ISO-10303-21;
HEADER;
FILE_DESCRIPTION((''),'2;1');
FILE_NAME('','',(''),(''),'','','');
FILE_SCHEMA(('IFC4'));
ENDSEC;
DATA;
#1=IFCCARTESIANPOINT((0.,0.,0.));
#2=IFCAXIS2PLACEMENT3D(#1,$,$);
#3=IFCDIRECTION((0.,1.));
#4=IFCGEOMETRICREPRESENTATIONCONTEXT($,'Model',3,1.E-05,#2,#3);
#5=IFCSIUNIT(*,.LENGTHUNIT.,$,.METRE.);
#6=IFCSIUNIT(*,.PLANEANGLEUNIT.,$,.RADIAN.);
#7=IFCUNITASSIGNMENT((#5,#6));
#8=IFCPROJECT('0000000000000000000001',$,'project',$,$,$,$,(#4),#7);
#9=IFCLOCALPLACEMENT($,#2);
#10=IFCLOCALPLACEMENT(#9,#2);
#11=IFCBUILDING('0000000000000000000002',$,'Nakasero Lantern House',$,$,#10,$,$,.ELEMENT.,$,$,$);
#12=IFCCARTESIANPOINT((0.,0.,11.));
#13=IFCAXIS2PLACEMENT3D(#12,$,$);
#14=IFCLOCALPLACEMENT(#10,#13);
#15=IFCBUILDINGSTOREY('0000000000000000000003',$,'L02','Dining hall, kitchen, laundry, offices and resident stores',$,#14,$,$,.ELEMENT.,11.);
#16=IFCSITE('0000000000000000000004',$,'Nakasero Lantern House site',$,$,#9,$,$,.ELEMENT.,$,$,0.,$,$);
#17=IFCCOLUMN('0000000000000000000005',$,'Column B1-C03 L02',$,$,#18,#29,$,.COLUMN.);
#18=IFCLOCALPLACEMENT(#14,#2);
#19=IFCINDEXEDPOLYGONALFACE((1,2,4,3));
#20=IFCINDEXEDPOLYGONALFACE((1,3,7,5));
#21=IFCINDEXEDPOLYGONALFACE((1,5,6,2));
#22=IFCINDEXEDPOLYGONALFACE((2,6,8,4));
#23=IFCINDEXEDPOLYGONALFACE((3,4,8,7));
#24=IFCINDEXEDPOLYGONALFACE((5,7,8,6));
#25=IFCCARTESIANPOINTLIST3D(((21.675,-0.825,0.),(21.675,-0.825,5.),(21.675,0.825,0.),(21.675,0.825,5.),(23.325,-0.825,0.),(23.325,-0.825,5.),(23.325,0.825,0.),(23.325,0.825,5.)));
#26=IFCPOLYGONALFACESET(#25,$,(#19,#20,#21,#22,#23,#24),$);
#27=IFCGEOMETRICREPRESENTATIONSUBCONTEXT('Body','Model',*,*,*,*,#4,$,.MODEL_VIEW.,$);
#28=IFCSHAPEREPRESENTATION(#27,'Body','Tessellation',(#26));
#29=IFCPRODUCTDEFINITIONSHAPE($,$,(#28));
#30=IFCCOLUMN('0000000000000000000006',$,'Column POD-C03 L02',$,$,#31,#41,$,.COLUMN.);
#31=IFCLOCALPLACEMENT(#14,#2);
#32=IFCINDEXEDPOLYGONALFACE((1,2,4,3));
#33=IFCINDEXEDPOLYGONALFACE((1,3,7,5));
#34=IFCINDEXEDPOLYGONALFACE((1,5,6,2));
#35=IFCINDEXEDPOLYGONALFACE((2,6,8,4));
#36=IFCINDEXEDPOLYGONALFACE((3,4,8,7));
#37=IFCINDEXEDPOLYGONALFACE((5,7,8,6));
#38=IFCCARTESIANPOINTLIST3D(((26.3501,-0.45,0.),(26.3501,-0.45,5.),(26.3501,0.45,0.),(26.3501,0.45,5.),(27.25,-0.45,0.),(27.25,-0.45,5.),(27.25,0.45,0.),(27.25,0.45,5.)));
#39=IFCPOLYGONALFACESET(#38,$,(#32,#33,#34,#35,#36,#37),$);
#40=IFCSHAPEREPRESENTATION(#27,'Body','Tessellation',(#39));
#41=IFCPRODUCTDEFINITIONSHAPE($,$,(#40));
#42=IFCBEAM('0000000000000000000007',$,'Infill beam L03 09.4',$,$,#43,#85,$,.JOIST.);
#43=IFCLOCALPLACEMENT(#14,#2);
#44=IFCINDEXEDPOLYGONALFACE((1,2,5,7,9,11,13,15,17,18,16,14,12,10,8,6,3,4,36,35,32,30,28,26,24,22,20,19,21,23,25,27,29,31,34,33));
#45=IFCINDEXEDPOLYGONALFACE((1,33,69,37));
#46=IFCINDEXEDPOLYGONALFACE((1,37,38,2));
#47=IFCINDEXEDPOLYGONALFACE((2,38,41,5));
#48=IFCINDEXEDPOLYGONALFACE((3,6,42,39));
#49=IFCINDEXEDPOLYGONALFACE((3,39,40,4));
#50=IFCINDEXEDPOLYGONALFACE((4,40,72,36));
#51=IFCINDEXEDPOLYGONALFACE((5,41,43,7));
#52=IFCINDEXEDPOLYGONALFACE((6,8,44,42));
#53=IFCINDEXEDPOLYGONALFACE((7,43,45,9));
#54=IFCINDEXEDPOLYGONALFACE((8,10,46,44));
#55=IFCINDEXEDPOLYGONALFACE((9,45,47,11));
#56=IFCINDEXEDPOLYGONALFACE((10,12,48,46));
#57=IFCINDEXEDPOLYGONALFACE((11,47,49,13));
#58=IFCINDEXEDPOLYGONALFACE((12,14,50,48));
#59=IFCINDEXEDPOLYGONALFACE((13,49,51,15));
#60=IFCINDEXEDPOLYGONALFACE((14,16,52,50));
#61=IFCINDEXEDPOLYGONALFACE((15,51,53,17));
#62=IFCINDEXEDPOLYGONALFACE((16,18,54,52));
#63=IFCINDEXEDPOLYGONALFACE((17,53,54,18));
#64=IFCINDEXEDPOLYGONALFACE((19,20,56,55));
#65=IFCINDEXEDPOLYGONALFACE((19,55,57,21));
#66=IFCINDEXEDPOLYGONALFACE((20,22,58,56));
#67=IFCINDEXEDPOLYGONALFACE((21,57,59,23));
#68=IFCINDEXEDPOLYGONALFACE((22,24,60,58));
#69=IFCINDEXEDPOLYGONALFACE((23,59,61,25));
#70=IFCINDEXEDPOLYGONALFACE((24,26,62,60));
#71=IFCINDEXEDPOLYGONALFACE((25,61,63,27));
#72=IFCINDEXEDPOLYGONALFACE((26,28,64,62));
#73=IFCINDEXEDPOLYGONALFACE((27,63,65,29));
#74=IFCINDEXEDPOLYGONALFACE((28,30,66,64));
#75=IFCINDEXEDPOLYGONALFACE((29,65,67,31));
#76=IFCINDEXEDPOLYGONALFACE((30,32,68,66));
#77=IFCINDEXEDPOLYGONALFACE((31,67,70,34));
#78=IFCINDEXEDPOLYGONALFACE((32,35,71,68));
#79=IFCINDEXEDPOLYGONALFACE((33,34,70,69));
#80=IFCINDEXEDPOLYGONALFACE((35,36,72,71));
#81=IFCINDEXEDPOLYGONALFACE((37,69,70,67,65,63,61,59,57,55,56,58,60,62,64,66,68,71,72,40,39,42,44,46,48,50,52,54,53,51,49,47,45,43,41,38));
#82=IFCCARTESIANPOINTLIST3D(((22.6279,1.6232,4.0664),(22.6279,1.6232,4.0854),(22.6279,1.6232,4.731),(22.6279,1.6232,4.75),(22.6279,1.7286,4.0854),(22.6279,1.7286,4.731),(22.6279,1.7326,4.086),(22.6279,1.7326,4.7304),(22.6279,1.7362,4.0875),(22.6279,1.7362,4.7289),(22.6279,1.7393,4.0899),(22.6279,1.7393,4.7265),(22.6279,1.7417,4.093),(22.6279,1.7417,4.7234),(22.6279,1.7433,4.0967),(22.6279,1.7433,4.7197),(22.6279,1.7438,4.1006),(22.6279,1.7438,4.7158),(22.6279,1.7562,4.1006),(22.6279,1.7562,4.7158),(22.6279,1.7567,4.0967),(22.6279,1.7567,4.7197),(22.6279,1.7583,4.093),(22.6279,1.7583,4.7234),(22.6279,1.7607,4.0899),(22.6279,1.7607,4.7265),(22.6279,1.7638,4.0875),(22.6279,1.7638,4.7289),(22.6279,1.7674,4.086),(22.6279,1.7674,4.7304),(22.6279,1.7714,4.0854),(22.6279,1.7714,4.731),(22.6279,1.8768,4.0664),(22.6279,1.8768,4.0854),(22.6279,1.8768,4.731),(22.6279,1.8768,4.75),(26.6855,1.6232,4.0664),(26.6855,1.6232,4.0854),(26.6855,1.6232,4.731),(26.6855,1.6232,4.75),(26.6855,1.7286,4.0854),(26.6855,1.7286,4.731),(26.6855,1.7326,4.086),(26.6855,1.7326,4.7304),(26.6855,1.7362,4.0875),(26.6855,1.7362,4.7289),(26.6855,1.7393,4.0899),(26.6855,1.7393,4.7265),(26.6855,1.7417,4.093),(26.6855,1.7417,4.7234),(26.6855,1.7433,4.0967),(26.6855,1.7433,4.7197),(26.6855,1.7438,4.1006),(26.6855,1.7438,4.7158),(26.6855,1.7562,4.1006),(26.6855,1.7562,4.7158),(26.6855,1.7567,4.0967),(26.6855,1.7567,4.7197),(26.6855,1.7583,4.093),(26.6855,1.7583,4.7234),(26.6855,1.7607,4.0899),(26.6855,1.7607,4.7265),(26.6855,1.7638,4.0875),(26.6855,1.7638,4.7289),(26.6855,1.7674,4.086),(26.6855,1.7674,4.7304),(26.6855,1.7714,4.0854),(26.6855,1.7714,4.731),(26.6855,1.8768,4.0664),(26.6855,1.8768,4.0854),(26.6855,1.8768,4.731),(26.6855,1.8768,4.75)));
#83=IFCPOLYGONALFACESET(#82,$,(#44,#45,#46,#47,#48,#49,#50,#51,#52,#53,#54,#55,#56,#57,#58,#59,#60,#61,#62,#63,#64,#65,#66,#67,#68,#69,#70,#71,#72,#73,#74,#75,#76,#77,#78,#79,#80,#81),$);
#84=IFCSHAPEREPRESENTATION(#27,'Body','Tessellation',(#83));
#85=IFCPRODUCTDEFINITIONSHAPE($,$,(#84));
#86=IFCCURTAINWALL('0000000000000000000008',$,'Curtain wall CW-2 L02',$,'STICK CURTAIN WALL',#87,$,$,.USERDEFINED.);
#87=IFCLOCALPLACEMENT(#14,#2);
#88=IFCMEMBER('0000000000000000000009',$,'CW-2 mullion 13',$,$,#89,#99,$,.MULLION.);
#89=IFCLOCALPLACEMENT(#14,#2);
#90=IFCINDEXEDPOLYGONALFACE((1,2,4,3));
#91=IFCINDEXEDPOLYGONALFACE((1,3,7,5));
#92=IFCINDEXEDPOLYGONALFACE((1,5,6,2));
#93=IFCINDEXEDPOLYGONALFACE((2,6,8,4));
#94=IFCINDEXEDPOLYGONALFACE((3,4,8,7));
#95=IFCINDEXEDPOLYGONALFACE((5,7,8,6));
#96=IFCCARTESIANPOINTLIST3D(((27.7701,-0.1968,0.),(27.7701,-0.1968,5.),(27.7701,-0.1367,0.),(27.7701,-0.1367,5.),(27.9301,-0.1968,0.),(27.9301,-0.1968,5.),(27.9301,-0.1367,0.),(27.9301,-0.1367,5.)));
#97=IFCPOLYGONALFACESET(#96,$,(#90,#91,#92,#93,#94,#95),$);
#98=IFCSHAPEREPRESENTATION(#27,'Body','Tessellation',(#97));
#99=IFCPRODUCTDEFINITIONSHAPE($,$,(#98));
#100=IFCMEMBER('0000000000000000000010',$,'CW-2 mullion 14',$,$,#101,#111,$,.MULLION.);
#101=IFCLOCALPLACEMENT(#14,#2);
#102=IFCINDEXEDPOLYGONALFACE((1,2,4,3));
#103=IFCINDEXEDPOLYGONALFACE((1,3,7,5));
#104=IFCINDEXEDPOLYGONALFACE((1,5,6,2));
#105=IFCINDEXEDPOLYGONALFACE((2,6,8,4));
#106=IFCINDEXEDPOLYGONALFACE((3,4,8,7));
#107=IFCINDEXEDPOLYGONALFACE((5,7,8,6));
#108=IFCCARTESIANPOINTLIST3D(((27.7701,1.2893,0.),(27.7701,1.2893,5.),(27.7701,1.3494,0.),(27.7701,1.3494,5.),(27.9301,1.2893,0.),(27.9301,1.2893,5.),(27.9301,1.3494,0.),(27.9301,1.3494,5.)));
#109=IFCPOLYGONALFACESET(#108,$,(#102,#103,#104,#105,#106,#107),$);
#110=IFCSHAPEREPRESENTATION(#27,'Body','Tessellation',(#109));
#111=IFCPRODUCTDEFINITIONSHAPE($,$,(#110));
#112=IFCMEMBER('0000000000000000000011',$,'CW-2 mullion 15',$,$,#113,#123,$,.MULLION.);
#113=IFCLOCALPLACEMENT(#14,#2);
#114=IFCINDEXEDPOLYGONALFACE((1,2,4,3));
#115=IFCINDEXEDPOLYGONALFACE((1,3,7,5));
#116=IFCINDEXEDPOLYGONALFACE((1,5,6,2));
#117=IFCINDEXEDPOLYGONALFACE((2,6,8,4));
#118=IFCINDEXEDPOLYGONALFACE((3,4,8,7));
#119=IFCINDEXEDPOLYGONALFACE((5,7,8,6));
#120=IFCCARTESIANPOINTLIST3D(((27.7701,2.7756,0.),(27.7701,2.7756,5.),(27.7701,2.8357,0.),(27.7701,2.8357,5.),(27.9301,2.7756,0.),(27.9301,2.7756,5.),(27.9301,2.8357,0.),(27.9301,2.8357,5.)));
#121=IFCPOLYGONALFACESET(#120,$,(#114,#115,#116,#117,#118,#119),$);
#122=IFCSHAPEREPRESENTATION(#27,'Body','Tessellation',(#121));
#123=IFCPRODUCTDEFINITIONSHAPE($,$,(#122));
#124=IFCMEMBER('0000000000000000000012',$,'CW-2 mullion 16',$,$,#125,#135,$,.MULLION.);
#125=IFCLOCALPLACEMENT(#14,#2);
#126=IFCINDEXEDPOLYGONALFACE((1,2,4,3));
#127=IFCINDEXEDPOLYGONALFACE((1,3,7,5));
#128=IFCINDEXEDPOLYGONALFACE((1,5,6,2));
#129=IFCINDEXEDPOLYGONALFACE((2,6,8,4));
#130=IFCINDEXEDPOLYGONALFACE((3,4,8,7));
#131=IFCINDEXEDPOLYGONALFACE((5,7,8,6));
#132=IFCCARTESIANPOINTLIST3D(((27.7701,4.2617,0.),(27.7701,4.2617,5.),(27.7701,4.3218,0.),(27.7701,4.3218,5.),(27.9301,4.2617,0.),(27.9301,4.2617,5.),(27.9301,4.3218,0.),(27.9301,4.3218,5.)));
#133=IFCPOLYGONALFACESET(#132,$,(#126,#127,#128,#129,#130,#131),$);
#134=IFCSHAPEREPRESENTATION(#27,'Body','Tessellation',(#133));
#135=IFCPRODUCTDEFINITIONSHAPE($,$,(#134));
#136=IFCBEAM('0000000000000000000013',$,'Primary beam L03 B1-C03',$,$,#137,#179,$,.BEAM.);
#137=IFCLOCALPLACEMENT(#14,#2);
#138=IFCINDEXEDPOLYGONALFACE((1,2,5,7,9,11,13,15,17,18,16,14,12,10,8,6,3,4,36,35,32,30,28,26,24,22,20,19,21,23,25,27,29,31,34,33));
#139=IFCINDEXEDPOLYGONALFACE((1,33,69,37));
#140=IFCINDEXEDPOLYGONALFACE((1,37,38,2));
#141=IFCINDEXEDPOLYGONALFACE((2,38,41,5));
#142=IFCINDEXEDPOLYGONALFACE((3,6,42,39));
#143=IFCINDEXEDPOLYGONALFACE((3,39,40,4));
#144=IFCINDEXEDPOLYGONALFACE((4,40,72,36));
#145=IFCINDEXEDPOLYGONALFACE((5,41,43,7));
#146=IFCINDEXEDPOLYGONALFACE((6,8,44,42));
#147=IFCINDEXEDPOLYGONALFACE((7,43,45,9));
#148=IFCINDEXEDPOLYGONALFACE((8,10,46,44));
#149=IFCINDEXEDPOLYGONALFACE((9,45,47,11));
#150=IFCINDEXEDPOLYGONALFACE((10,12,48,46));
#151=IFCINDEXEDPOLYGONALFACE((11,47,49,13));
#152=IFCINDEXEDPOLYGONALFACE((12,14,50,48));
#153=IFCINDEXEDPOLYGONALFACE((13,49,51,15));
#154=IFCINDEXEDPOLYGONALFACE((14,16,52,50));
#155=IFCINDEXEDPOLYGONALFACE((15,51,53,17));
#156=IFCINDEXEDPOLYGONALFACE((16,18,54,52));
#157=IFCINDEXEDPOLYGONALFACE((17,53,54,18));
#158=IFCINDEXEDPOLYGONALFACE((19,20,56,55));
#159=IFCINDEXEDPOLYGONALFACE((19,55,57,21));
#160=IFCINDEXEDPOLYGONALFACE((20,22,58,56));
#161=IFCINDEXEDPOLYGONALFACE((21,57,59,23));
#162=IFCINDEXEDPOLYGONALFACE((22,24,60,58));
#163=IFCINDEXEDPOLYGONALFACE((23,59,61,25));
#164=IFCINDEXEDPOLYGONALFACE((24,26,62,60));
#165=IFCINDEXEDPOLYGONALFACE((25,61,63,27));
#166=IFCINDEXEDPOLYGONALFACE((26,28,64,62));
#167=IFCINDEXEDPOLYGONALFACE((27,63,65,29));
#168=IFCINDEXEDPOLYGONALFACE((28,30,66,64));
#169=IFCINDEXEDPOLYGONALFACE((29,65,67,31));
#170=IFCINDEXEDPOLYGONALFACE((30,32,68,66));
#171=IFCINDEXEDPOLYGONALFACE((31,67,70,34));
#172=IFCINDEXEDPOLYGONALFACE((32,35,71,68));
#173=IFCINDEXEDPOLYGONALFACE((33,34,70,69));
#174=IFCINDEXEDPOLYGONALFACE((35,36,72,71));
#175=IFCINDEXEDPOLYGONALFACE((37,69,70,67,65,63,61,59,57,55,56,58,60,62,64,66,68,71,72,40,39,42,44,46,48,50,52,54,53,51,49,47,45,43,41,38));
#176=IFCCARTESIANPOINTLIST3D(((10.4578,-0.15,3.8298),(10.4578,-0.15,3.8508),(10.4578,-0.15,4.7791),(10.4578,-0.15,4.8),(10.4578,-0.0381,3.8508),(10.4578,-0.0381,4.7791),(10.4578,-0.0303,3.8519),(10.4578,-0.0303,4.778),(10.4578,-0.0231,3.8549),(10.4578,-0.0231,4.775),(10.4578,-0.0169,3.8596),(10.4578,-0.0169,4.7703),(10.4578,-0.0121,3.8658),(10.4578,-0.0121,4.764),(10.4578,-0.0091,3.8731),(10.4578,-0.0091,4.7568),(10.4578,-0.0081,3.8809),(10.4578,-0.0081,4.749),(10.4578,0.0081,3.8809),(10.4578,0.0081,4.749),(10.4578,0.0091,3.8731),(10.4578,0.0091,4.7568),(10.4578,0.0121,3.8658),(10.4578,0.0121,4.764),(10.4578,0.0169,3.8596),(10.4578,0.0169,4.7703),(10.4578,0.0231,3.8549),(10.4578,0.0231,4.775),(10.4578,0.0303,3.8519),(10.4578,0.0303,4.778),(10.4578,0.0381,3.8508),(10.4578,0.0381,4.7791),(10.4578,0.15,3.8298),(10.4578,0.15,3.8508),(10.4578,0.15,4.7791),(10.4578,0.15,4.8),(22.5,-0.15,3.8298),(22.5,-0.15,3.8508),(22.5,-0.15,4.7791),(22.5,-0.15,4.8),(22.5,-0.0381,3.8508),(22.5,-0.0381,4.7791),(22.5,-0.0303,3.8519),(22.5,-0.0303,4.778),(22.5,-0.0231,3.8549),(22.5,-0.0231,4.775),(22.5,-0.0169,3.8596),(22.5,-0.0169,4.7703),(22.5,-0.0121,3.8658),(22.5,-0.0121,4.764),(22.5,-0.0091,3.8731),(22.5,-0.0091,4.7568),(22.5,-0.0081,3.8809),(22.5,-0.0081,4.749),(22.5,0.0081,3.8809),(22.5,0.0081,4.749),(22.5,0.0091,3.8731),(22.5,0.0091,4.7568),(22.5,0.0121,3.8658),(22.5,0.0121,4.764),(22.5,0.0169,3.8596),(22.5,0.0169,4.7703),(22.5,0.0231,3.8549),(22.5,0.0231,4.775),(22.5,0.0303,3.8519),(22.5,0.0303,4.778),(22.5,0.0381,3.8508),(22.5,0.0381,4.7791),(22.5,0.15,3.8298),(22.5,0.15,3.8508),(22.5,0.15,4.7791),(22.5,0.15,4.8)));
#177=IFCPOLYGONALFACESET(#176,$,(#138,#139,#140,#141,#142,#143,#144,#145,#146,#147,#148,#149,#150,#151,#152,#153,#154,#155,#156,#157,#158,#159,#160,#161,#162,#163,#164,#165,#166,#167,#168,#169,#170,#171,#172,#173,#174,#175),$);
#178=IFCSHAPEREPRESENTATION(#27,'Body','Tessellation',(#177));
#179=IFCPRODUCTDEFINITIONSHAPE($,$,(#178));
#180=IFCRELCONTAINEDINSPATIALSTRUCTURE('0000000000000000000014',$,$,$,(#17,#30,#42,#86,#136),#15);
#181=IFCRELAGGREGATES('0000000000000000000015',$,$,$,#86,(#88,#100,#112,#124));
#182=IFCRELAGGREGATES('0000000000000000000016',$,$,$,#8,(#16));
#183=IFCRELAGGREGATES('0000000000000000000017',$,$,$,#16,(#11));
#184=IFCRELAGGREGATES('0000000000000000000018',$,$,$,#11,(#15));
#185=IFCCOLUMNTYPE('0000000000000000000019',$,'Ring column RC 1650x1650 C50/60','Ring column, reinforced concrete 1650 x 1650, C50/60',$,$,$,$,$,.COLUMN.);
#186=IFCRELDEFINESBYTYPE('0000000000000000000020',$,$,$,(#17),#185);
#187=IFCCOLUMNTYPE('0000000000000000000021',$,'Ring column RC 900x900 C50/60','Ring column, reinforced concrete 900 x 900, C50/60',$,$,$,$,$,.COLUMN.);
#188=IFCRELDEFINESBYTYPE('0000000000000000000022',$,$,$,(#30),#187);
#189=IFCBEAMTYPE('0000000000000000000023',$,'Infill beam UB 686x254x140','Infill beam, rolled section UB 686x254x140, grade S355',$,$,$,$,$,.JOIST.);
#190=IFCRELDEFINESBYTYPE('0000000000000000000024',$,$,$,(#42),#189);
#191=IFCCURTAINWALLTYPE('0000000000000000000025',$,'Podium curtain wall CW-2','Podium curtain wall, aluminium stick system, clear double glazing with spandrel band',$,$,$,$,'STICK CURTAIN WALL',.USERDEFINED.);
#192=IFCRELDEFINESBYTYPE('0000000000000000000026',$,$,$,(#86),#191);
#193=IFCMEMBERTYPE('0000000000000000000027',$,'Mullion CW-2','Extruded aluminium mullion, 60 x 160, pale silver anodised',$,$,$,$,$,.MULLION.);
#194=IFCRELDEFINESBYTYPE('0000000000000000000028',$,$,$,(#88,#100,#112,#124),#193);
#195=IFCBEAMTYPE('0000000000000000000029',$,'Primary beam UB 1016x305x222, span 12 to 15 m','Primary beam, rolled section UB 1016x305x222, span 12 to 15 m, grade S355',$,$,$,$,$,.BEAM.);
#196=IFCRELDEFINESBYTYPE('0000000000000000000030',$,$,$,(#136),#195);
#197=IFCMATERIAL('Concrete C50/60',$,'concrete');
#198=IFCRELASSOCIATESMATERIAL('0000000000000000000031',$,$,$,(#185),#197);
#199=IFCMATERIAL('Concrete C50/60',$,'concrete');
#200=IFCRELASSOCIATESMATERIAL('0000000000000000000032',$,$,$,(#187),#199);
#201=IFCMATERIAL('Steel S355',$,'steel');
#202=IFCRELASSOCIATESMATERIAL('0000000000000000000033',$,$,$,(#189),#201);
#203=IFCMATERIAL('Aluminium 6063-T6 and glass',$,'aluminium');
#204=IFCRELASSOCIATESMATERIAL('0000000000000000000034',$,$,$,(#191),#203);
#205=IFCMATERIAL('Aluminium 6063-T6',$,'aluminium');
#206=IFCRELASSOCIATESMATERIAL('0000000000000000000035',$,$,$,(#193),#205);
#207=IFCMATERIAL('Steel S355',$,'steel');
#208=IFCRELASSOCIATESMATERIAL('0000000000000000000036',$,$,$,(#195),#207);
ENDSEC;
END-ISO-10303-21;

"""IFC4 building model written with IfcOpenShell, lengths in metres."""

from ifc_helpers import new_model, si_unit, direction, frame, origin, origin_2d, place, context, subcontext, project, spatial, rectangle, i_section, extrude, material, material_profile, profile_set, type_object, element, aggregate, save


model = new_model("IFC4")

# Units and contexts
model_context = context("Model", 3, precision=1e-05, world=origin(), true_north=direction((0.0, 1.0)))
body_context = subcontext(model_context, "Body", "Model", "MODEL_VIEW")
ifc_project = project(units=[si_unit("LENGTHUNIT", "METRE"), si_unit("PLANEANGLEUNIT", "RADIAN")], contexts=[model_context])

# Site, building, storey
site_placement = place(None, origin())
site = spatial("IfcSite", under=ifc_project, at=site_placement, Name="Nakasero Lantern House site", CompositionType="ELEMENT", RefElevation=0.0)
building_placement = place(site_placement, origin())
building = spatial("IfcBuilding", under=site, at=building_placement, Name="Nakasero Lantern House", CompositionType="ELEMENT")
storey_placement = place(building_placement, frame((0.0, 0.0, 11.0)))
storey = spatial("IfcBuildingStorey", under=building, at=storey_placement, Name="L02", Description="Dining hall, kitchen, laundry, offices and resident stores", CompositionType="ELEMENT", Elevation=11.0)

# Columns
ifc_material_1 = material(Name="Concrete C50/60", Category="concrete")
ifc_material_profile_1 = material_profile(ifc_material_1, rectangle(XDim=1.6499, YDim=1.6499, at=origin_2d()), Name="RC 1650x1650")
ifc_profile_set_1 = profile_set([ifc_material_profile_1], Name="Concrete C50/60")
column_type_1 = type_object("IfcColumnType", Name="Ring column RC 1650x1650 C50/60", Description="Ring column, reinforced concrete 1650 x 1650, C50/60", PredefinedType="COLUMN", material=ifc_profile_set_1)
column_1_placement = place(storey_placement, frame((22.5, 0.0, 0.0), z_axis=(0.0, 0.0, 1.0), x_axis=(1.0, 0.0, 0.0)))
element("IfcColumn", 1, at=column_1_placement, inside=storey, type_object=column_type_1, Name="Column B1-C03 L02", PredefinedType="COLUMN", context=body_context, shape_type="SweptSolid", body=[
    extrude(rectangle(XDim=1.6499, YDim=1.6499, at=origin_2d()), origin(), (0.0, 0.0, 1.0), 5.0),
])
ifc_material_2 = material(Name="Concrete C50/60", Category="concrete")
ifc_material_profile_2 = material_profile(ifc_material_2, rectangle(XDim=0.8999, YDim=0.8999, at=origin_2d()), Name="RC 900x900")
ifc_profile_set_2 = profile_set([ifc_material_profile_2], Name="Concrete C50/60")
column_type_2 = type_object("IfcColumnType", Name="Ring column RC 900x900 C50/60", Description="Ring column, reinforced concrete 900 x 900, C50/60", PredefinedType="COLUMN", material=ifc_profile_set_2)
column_2_placement = place(storey_placement, frame((26.8, 0.0, 0.0), z_axis=(0.0, 0.0, 1.0), x_axis=(1.0, 0.0, 0.0)))
element("IfcColumn", 2, at=column_2_placement, inside=storey, type_object=column_type_2, Name="Column POD-C03 L02", PredefinedType="COLUMN", context=body_context, shape_type="SweptSolid", body=[
    extrude(rectangle(XDim=0.8999, YDim=0.8999, at=origin_2d()), origin(), (0.0, 0.0, 1.0), 5.0),
])

# Beam
ifc_material_3 = material(Name="Steel S355", Category="steel")
ifc_material_profile_3 = material_profile(ifc_material_3, i_section(OverallWidth=0.2537, OverallDepth=0.6836, WebThickness=0.0125, FlangeThickness=0.019, FilletRadius=0.0151, at=origin_2d()), Name="UB 686x254x140")
ifc_profile_set_3 = profile_set([ifc_material_profile_3], Name="Steel S355")
beam_type_1 = type_object("IfcBeamType", Name="Infill beam UB 686x254x140", Description="Infill beam, rolled section UB 686x254x140, grade S355", PredefinedType="JOIST", material=ifc_profile_set_3)
beam_1_placement = place(storey_placement, frame((22.6279, 1.75, 4.4082), z_axis=(1.0, 0.0, 0.0), x_axis=(0.0, 1.0, 0.0)))
element("IfcBeam", 3, at=beam_1_placement, inside=storey, type_object=beam_type_1, Name="Infill beam L03 09.4", PredefinedType="JOIST", context=body_context, shape_type="SweptSolid", body=[
    extrude(i_section(OverallWidth=0.2537, OverallDepth=0.6836, WebThickness=0.0125, FlangeThickness=0.019, FilletRadius=0.0151, at=origin_2d()), origin(), (0.0, 0.0, 1.0), 4.0576),
])

# Curtain wall, members
ifc_material_4 = material(Name="Aluminium 6063-T6 and glass", Category="aluminium")
curtain_wall_type = type_object("IfcCurtainWallType", Name="Podium curtain wall CW-2", Description="Podium curtain wall, aluminium stick system, clear double glazing with spandrel band", ElementType="STICK CURTAIN WALL", PredefinedType="USERDEFINED", material=ifc_material_4)
curtain_wall_placement = place(storey_placement, origin())
curtain_wall = element("IfcCurtainWall", 4, at=curtain_wall_placement, inside=storey, type_object=curtain_wall_type, Name="Curtain wall CW-2 L02", ObjectType="STICK CURTAIN WALL", PredefinedType="USERDEFINED")
ifc_material_5 = material(Name="Aluminium 6063-T6", Category="aluminium")
ifc_material_profile_4 = material_profile(ifc_material_5, rectangle(XDim=0.0601, YDim=0.1599, at=origin_2d()), Name="CW-2 mullion 60x160")
ifc_profile_set_4 = profile_set([ifc_material_profile_4], Name="Aluminium 6063-T6")
member_type_1 = type_object("IfcMemberType", Name="Mullion CW-2", Description="Extruded aluminium mullion, 60 x 160, pale silver anodised", PredefinedType="MULLION", material=ifc_profile_set_4)
member_1_placement = place(storey_placement, frame((27.8501, -0.1667, 0.0), z_axis=(0.0, 0.0, 1.0), x_axis=(0.0, 1.0, 0.0)))
member_1 = element("IfcMember", 5, at=member_1_placement, type_object=member_type_1, Name="CW-2 mullion 13", PredefinedType="MULLION", context=body_context, shape_type="SweptSolid", body=[
    extrude(rectangle(XDim=0.0601, YDim=0.1599, at=origin_2d()), origin(), (0.0, 0.0, 1.0), 5.0),
])
member_2_placement = place(storey_placement, frame((27.8501, 1.3193, 0.0), z_axis=(0.0, 0.0, 1.0), x_axis=(0.0, 1.0, 0.0)))
member_2 = element("IfcMember", 6, at=member_2_placement, type_object=member_type_1, Name="CW-2 mullion 14", PredefinedType="MULLION", context=body_context, shape_type="SweptSolid", body=[
    extrude(rectangle(XDim=0.0601, YDim=0.1599, at=origin_2d()), origin(), (0.0, 0.0, 1.0), 5.0),
])
member_3_placement = place(storey_placement, frame((27.8501, 2.8057, 0.0), z_axis=(0.0, 0.0, 1.0), x_axis=(0.0, 1.0, 0.0)))
member_3 = element("IfcMember", 7, at=member_3_placement, type_object=member_type_1, Name="CW-2 mullion 15", PredefinedType="MULLION", context=body_context, shape_type="SweptSolid", body=[
    extrude(rectangle(XDim=0.0601, YDim=0.1599, at=origin_2d()), origin(), (0.0, 0.0, 1.0), 5.0),
])
member_4_placement = place(storey_placement, frame((27.8501, 4.2917, 0.0), z_axis=(0.0, 0.0, 1.0), x_axis=(0.0, 1.0, 0.0)))
member_4 = element("IfcMember", 8, at=member_4_placement, type_object=member_type_1, Name="CW-2 mullion 16", PredefinedType="MULLION", context=body_context, shape_type="SweptSolid", body=[
    extrude(rectangle(XDim=0.0601, YDim=0.1599, at=origin_2d()), origin(), (0.0, 0.0, 1.0), 5.0),
])

# Beam
ifc_material_6 = material(Name="Steel S355", Category="steel")
ifc_material_profile_5 = material_profile(ifc_material_6, i_section(OverallWidth=0.3, OverallDepth=0.9702, WebThickness=0.0161, FlangeThickness=0.021, FilletRadius=0.03, at=origin_2d()), Name="UB 1016x305x222")
ifc_profile_set_5 = profile_set([ifc_material_profile_5], Name="Steel S355")
beam_type_2 = type_object("IfcBeamType", Name="Primary beam UB 1016x305x222, span 12 to 15 m", Description="Primary beam, rolled section UB 1016x305x222, span 12 to 15 m, grade S355", PredefinedType="BEAM", material=ifc_profile_set_5)
beam_2_placement = place(storey_placement, frame((22.5, 0.0, 4.3149), z_axis=(-1.0, 0.0, 0.0), x_axis=(0.0, -1.0, 0.0)))
element("IfcBeam", 9, at=beam_2_placement, inside=storey, type_object=beam_type_2, Name="Primary beam L03 B1-C03", PredefinedType="BEAM", context=body_context, shape_type="SweptSolid", body=[
    extrude(i_section(OverallWidth=0.3, OverallDepth=0.9702, WebThickness=0.0161, FlangeThickness=0.021, FilletRadius=0.03, at=origin_2d()), origin(), (0.0, 0.0, 1.0), 12.0422),
])

aggregate(curtain_wall, [member_1, member_2, member_3, member_4])

save(model, "model.ifc")
